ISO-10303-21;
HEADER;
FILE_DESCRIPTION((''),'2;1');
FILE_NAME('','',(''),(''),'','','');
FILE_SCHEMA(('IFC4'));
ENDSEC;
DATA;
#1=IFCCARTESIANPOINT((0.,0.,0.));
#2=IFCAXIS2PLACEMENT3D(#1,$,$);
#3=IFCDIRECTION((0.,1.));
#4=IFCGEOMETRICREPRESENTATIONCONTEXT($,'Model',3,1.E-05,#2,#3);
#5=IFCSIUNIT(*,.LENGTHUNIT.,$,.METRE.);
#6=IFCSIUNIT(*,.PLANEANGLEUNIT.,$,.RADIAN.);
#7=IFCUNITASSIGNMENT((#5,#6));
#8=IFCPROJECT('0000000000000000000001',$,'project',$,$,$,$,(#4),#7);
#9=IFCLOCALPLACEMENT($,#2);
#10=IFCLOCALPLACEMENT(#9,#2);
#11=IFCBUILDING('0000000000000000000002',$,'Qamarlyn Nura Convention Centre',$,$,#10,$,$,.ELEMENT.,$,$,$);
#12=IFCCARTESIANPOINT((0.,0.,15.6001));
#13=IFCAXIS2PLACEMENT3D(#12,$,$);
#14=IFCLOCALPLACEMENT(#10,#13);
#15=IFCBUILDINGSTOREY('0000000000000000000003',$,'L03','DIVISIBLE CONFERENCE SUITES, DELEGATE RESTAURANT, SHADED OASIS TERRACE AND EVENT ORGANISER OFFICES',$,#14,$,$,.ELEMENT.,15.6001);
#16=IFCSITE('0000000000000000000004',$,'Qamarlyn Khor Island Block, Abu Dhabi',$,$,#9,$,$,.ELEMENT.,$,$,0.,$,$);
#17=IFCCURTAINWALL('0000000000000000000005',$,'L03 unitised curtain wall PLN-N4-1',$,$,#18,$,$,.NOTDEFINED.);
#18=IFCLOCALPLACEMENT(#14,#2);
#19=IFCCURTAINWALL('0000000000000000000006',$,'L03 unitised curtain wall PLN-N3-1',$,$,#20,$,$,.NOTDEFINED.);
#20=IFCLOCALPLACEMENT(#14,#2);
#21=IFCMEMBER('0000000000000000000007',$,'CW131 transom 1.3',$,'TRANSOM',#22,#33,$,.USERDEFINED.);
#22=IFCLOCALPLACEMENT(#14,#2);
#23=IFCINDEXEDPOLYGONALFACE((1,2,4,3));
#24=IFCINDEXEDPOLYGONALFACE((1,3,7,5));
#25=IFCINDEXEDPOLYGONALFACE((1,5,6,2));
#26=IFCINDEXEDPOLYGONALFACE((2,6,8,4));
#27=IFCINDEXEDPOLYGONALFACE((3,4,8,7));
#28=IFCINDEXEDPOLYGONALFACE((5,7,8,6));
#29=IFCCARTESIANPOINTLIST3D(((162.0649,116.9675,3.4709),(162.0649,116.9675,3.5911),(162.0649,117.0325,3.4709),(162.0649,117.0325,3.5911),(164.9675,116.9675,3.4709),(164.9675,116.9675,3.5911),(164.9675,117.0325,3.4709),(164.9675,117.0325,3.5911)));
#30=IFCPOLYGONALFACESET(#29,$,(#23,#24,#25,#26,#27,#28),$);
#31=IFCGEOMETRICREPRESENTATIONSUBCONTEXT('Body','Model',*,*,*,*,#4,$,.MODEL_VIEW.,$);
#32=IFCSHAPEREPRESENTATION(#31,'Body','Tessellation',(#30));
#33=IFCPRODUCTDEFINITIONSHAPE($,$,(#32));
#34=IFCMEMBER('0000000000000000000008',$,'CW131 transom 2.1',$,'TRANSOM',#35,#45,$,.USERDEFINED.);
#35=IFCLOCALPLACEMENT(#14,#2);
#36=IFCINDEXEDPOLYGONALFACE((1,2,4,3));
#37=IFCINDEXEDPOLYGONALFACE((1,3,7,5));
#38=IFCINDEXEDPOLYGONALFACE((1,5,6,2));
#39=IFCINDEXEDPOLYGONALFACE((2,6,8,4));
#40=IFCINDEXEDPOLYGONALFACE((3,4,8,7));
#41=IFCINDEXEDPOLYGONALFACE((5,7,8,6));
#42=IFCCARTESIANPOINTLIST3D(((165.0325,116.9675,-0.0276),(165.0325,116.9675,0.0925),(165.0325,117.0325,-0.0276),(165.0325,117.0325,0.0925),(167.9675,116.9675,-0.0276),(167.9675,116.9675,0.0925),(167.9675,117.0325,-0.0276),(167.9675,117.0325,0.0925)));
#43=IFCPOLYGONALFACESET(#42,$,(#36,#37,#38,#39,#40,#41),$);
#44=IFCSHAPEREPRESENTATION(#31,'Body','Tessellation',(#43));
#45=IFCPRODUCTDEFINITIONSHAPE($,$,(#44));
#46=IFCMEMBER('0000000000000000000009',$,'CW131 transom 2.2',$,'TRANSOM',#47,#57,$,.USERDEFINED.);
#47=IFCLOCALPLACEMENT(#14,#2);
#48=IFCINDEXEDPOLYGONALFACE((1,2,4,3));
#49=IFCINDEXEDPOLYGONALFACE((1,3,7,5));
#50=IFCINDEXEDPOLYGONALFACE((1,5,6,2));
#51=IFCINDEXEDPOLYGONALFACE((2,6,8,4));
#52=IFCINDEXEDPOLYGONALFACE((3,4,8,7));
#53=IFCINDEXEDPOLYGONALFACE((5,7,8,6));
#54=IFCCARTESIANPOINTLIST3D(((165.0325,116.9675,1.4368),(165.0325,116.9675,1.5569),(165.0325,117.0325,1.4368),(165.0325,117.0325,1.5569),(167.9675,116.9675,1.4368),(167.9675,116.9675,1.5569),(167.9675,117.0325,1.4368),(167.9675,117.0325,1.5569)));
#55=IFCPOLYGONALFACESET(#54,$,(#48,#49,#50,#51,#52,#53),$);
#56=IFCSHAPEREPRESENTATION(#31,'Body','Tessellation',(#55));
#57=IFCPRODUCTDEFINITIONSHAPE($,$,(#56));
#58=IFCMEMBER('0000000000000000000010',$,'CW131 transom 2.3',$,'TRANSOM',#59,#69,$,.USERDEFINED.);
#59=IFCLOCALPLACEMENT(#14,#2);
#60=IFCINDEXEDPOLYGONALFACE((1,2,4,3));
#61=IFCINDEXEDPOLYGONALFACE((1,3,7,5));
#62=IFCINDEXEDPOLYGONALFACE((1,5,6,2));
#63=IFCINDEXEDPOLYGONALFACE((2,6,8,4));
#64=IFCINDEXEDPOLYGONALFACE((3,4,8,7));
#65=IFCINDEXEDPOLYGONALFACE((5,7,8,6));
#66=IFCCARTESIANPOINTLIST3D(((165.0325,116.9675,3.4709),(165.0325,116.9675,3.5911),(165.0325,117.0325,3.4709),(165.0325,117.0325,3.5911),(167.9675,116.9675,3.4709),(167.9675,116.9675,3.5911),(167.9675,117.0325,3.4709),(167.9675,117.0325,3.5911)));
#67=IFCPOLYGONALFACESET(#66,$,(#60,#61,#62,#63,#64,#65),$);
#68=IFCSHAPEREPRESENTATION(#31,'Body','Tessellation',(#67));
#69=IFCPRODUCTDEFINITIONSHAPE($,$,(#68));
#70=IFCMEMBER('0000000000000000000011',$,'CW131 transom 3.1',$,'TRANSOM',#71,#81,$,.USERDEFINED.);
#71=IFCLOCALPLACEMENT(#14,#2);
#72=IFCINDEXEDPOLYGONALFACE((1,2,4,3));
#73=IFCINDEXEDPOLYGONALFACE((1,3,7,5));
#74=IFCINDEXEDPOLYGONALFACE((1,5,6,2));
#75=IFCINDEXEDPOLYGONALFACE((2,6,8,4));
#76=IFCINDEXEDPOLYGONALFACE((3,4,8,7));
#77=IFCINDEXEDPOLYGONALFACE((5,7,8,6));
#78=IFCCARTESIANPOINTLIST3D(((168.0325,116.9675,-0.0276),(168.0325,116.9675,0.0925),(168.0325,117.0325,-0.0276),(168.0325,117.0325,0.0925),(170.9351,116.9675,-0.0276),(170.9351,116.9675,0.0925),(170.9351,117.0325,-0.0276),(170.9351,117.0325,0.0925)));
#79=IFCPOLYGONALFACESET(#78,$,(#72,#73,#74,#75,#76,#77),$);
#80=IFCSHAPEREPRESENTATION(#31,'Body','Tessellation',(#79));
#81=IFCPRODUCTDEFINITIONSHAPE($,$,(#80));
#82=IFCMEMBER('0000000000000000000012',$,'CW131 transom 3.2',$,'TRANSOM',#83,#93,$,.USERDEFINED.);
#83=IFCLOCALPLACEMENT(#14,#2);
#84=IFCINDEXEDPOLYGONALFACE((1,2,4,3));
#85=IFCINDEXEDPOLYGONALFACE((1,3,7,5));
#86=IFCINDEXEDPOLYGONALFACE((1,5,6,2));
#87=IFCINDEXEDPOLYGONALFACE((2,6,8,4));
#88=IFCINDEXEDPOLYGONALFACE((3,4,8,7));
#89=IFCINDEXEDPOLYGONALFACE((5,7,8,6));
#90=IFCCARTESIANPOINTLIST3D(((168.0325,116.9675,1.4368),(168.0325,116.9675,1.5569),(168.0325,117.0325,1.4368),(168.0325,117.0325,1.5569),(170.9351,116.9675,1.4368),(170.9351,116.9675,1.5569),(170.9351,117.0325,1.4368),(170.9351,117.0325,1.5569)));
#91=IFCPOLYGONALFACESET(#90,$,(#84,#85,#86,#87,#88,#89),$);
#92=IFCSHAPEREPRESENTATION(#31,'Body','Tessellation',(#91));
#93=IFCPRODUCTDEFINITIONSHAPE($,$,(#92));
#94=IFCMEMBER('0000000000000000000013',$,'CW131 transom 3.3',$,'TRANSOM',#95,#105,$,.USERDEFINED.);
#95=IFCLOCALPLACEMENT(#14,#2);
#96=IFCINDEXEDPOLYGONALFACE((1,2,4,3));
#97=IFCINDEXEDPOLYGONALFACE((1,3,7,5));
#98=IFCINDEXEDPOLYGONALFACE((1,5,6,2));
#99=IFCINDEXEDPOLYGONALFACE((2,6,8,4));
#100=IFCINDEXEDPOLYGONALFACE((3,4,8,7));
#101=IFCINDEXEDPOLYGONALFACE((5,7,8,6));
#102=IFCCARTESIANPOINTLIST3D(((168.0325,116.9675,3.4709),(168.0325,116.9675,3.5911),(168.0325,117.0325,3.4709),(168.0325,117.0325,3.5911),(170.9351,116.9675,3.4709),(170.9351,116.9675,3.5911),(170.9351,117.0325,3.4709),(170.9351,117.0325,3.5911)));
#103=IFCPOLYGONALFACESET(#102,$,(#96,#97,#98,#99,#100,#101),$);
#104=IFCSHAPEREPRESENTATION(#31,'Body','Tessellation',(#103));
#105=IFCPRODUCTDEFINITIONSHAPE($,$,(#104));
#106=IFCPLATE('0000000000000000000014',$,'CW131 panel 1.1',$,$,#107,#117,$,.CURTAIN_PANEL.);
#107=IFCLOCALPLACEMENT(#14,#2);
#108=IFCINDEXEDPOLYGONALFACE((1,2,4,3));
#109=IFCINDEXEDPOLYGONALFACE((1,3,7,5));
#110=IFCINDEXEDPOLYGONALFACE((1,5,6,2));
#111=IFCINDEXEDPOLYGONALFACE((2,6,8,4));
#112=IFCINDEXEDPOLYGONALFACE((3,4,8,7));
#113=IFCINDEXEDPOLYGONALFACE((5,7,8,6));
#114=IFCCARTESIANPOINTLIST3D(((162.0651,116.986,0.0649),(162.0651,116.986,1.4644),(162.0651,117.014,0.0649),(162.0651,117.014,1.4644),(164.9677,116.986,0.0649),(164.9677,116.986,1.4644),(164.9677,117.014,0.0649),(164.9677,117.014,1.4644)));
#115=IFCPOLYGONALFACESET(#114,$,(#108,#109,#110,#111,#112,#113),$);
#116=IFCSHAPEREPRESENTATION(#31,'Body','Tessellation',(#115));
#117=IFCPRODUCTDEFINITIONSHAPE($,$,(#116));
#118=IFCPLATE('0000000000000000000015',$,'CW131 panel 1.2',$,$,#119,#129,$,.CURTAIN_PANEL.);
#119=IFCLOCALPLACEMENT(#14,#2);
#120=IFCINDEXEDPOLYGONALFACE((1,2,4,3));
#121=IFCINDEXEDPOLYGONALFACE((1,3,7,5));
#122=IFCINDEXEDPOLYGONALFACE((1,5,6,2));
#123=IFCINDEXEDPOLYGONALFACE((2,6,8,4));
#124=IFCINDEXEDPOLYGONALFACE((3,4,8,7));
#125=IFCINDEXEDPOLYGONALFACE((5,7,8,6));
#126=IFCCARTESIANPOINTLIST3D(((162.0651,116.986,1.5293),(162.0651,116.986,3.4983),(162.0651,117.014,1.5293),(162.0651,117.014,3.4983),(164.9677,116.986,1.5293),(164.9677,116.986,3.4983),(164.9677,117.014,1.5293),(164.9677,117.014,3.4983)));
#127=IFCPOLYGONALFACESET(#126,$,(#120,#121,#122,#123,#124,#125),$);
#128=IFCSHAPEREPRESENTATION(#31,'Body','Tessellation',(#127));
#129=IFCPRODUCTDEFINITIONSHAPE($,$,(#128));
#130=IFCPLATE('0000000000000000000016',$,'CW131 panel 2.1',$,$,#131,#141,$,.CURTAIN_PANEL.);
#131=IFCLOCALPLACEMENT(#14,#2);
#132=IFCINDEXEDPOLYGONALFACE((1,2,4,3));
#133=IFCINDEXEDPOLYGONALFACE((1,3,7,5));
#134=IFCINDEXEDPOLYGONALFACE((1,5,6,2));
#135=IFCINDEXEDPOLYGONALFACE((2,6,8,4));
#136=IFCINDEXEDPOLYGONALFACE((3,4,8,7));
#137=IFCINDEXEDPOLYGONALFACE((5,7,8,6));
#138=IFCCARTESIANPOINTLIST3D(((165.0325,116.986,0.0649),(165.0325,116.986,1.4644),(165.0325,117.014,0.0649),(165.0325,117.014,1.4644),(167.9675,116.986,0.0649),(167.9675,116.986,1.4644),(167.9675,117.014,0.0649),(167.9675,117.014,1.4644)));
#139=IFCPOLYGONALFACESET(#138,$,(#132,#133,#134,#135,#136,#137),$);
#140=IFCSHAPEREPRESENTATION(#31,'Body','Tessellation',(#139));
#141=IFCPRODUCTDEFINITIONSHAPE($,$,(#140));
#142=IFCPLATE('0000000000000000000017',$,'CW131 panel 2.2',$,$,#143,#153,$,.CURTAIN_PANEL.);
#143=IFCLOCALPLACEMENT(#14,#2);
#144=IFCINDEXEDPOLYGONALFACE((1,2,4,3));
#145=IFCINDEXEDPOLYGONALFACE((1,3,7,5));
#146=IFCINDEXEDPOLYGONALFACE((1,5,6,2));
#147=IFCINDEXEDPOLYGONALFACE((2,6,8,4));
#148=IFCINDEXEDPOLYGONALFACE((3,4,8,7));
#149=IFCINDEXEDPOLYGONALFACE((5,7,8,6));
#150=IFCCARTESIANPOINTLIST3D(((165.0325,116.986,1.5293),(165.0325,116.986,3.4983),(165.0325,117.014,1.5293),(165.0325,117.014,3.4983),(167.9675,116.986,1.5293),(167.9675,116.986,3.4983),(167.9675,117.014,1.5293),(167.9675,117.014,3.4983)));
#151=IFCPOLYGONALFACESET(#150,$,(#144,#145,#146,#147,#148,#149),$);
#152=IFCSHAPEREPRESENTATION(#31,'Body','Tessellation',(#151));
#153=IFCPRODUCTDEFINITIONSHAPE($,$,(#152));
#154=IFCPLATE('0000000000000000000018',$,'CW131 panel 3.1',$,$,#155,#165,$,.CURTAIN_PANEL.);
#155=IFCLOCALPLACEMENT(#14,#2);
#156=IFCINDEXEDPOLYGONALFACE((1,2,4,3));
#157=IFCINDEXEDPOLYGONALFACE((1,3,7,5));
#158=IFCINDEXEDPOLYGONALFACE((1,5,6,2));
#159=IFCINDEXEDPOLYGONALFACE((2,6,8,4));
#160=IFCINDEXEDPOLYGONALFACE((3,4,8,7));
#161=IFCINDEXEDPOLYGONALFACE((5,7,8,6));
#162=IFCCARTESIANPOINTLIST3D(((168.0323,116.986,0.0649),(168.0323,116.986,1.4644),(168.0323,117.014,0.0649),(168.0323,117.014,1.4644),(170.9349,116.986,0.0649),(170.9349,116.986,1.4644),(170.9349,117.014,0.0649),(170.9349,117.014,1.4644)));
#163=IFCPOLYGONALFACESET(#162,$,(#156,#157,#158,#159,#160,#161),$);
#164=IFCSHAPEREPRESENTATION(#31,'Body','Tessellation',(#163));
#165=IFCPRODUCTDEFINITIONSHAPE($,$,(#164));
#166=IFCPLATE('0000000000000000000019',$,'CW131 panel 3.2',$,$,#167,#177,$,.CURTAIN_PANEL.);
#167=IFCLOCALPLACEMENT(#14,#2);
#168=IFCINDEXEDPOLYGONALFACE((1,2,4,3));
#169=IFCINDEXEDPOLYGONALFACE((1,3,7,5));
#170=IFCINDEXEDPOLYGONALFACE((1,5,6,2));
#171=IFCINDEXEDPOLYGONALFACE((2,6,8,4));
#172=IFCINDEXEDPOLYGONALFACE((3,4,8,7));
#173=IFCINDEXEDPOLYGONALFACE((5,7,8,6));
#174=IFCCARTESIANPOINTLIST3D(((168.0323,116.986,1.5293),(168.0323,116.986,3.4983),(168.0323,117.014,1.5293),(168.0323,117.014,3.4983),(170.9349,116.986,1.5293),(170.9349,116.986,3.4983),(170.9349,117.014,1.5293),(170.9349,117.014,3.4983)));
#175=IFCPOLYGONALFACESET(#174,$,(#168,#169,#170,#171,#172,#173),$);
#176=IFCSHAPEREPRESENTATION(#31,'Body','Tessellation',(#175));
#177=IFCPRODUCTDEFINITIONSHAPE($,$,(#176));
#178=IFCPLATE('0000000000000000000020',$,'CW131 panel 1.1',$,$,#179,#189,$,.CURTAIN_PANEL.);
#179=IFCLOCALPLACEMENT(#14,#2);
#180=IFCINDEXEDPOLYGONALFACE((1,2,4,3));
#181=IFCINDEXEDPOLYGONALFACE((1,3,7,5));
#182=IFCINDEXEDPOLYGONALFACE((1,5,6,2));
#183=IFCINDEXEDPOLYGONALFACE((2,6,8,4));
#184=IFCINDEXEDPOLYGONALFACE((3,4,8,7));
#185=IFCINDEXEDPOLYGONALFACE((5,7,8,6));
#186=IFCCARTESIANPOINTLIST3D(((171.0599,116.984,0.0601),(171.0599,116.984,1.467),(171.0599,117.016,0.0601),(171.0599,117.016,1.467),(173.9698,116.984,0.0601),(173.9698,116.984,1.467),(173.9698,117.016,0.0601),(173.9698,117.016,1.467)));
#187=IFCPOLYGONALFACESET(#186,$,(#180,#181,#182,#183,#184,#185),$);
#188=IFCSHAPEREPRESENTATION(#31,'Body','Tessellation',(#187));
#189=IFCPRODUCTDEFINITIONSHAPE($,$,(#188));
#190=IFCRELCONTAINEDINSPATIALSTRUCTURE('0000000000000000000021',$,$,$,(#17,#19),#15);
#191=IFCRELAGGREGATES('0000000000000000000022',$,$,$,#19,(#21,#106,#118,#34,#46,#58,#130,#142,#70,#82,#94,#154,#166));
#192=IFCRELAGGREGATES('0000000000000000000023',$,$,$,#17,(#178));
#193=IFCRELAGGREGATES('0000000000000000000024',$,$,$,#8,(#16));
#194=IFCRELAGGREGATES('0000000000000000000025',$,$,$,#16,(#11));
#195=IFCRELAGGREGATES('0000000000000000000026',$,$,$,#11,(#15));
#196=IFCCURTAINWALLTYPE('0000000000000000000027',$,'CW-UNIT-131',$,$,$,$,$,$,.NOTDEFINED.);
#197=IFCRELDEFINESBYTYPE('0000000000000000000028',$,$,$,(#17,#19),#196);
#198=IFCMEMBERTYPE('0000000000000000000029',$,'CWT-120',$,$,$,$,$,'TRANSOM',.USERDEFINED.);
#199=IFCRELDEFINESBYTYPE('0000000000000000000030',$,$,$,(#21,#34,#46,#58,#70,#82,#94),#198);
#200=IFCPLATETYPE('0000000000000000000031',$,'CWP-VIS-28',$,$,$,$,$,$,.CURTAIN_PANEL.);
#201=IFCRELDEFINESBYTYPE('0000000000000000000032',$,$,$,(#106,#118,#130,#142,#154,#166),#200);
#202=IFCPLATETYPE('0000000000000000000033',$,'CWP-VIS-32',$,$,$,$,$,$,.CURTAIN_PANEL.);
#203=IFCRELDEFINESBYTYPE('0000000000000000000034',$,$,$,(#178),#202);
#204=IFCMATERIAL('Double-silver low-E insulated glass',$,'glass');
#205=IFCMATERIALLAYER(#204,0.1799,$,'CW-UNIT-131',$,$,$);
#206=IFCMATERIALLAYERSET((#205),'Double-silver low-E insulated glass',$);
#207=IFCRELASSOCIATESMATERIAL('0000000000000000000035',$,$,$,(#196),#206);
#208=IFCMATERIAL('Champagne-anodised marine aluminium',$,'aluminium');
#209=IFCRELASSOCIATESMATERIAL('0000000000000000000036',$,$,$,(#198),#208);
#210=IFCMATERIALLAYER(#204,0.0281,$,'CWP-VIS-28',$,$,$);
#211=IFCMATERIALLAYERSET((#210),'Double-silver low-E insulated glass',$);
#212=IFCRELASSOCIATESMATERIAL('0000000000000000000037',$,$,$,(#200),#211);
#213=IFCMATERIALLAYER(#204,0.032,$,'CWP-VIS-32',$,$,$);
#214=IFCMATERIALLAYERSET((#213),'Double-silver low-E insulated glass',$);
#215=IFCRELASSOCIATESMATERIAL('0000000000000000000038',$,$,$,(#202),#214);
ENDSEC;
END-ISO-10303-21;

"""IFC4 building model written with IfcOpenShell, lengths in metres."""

from ifc_helpers import new_model, si_unit, direction, frame, origin, origin_2d, place, context, subcontext, project, spatial, rectangle, extrude, material, layer, layer_set, material_profile, profile_set, type_object, element, aggregate, save


model = new_model("IFC4")

# Units and contexts
model_context = context("Model", 3, precision=1e-05, world=origin(), true_north=direction((0.0, 1.0)))
body_context = subcontext(model_context, "Body", "Model", "MODEL_VIEW")
ifc_project = project(units=[si_unit("LENGTHUNIT", "METRE"), si_unit("PLANEANGLEUNIT", "RADIAN")], contexts=[model_context])

# Site, building, storey
site_placement = place(None, origin())
site = spatial("IfcSite", under=ifc_project, at=site_placement, Name="Qamarlyn Khor Island Block, Abu Dhabi", CompositionType="ELEMENT", RefElevation=0.0)
building_placement = place(site_placement, origin())
building = spatial("IfcBuilding", under=site, at=building_placement, Name="Qamarlyn Nura Convention Centre", CompositionType="ELEMENT")
storey_placement = place(building_placement, frame((0.0, 0.0, 15.6001)))
storey = spatial("IfcBuildingStorey", under=building, at=storey_placement, Name="L03", Description="DIVISIBLE CONFERENCE SUITES, DELEGATE RESTAURANT, SHADED OASIS TERRACE AND EVENT ORGANISER OFFICES", CompositionType="ELEMENT", Elevation=15.6001)

# Curtain walls
ifc_material_1 = material(Name="Double-silver low-E insulated glass", Category="glass")
ifc_layer_1 = layer(ifc_material_1, 0.1799, Name="CW-UNIT-131")
ifc_layer_set_1 = layer_set([ifc_layer_1], Name="Double-silver low-E insulated glass")
curtain_wall_type = type_object("IfcCurtainWallType", Name="CW-UNIT-131", PredefinedType="NOTDEFINED", material=ifc_layer_set_1)
curtain_wall_1_placement = place(storey_placement, origin())
curtain_wall_1 = element("IfcCurtainWall", 1, at=curtain_wall_1_placement, inside=storey, type_object=curtain_wall_type, Name="L03 unitised curtain wall PLN-N4-1", PredefinedType="NOTDEFINED")
ifc_material_2 = material(Name="Champagne-anodised marine aluminium", Category="aluminium")
curtain_wall_2_placement = place(storey_placement, origin())
curtain_wall_2 = element("IfcCurtainWall", 2, at=curtain_wall_2_placement, inside=storey, type_object=curtain_wall_type, Name="L03 unitised curtain wall PLN-N3-1", PredefinedType="NOTDEFINED")

# Members
ifc_material_profile_1 = material_profile(ifc_material_2, rectangle(XDim=0.0649, YDim=0.1201, at=origin_2d()), Name="ALU TRANSOM 65x120")
ifc_profile_set_1 = profile_set([ifc_material_profile_1], Name="Champagne-anodised marine aluminium")
member_type_1 = type_object("IfcMemberType", Name="CWT-120", ElementType="TRANSOM", PredefinedType="USERDEFINED", material=ifc_profile_set_1)
member_1_placement = place(storey_placement, frame((162.0649, 117.0, 3.531), z_axis=(1.0, 0.0, 0.0), x_axis=(0.0, 1.0, 0.0)))
member_1 = element("IfcMember", 3, at=member_1_placement, type_object=member_type_1, Name="CW131 transom 1.3", ObjectType="TRANSOM", PredefinedType="USERDEFINED", context=body_context, shape_type="SweptSolid", body=[
    extrude(rectangle(XDim=0.0649, YDim=0.1201, at=origin_2d()), origin(), (0.0, 0.0, 1.0), 2.9026),
])
member_2_placement = place(storey_placement, frame((165.0325, 117.0, 0.0325), z_axis=(1.0, 0.0, 0.0), x_axis=(0.0, 1.0, 0.0)))
member_2 = element("IfcMember", 4, at=member_2_placement, type_object=member_type_1, Name="CW131 transom 2.1", ObjectType="TRANSOM", PredefinedType="USERDEFINED", context=body_context, shape_type="SweptSolid", body=[
    extrude(rectangle(XDim=0.0649, YDim=0.1201, at=origin_2d()), origin(), (0.0, 0.0, 1.0), 2.9351),
])
member_3_placement = place(storey_placement, frame((165.0325, 117.0, 1.4968), z_axis=(1.0, 0.0, 0.0), x_axis=(0.0, 1.0, 0.0)))
member_3 = element("IfcMember", 5, at=member_3_placement, type_object=member_type_1, Name="CW131 transom 2.2", ObjectType="TRANSOM", PredefinedType="USERDEFINED", context=body_context, shape_type="SweptSolid", body=[
    extrude(rectangle(XDim=0.0649, YDim=0.1201, at=origin_2d()), origin(), (0.0, 0.0, 1.0), 2.9351),
])
member_4_placement = place(storey_placement, frame((165.0325, 117.0, 3.531), z_axis=(1.0, 0.0, 0.0), x_axis=(0.0, 1.0, 0.0)))
member_4 = element("IfcMember", 6, at=member_4_placement, type_object=member_type_1, Name="CW131 transom 2.3", ObjectType="TRANSOM", PredefinedType="USERDEFINED", context=body_context, shape_type="SweptSolid", body=[
    extrude(rectangle(XDim=0.0649, YDim=0.1201, at=origin_2d()), origin(), (0.0, 0.0, 1.0), 2.9351),
])
member_5_placement = place(storey_placement, frame((168.0325, 117.0, 0.0325), z_axis=(1.0, 0.0, 0.0), x_axis=(0.0, 1.0, 0.0)))
member_5 = element("IfcMember", 7, at=member_5_placement, type_object=member_type_1, Name="CW131 transom 3.1", ObjectType="TRANSOM", PredefinedType="USERDEFINED", context=body_context, shape_type="SweptSolid", body=[
    extrude(rectangle(XDim=0.0649, YDim=0.1201, at=origin_2d()), origin(), (0.0, 0.0, 1.0), 2.9026),
])
member_6_placement = place(storey_placement, frame((168.0325, 117.0, 1.4968), z_axis=(1.0, 0.0, 0.0), x_axis=(0.0, 1.0, 0.0)))
member_6 = element("IfcMember", 8, at=member_6_placement, type_object=member_type_1, Name="CW131 transom 3.2", ObjectType="TRANSOM", PredefinedType="USERDEFINED", context=body_context, shape_type="SweptSolid", body=[
    extrude(rectangle(XDim=0.0649, YDim=0.1201, at=origin_2d()), origin(), (0.0, 0.0, 1.0), 2.9026),
])
member_7_placement = place(storey_placement, frame((168.0325, 117.0, 3.531), z_axis=(1.0, 0.0, 0.0), x_axis=(0.0, 1.0, 0.0)))
member_7 = element("IfcMember", 9, at=member_7_placement, type_object=member_type_1, Name="CW131 transom 3.3", ObjectType="TRANSOM", PredefinedType="USERDEFINED", context=body_context, shape_type="SweptSolid", body=[
    extrude(rectangle(XDim=0.0649, YDim=0.1201, at=origin_2d()), origin(), (0.0, 0.0, 1.0), 2.9026),
])

# Plates
ifc_layer_2 = layer(ifc_material_1, 0.0281, Name="CWP-VIS-28")
ifc_layer_set_2 = layer_set([ifc_layer_2], Name="Double-silver low-E insulated glass")
plate_type_1 = type_object("IfcPlateType", Name="CWP-VIS-28", PredefinedType="CURTAIN_PANEL", material=ifc_layer_set_2)
plate_1_placement = place(storey_placement, frame((163.5164, 117.0, 0.0649), z_axis=(0.0, 0.0, 1.0), x_axis=(1.0, 0.0, 0.0)))
plate_1 = element("IfcPlate", 10, at=plate_1_placement, type_object=plate_type_1, Name="CW131 panel 1.1", PredefinedType="CURTAIN_PANEL", context=body_context, shape_type="SweptSolid", body=[
    extrude(rectangle(XDim=2.9026, YDim=0.0281, at=origin_2d()), origin(), (0.0, 0.0, 1.0), 1.3994),
])
plate_2_placement = place(storey_placement, frame((163.5164, 117.0, 1.5293), z_axis=(0.0, 0.0, 1.0), x_axis=(1.0, 0.0, 0.0)))
plate_2 = element("IfcPlate", 11, at=plate_2_placement, type_object=plate_type_1, Name="CW131 panel 1.2", PredefinedType="CURTAIN_PANEL", context=body_context, shape_type="SweptSolid", body=[
    extrude(rectangle(XDim=2.9026, YDim=0.0281, at=origin_2d()), origin(), (0.0, 0.0, 1.0), 1.969),
])
plate_3_placement = place(storey_placement, frame((166.5, 117.0, 0.0649), z_axis=(0.0, 0.0, 1.0), x_axis=(1.0, 0.0, 0.0)))
plate_3 = element("IfcPlate", 12, at=plate_3_placement, type_object=plate_type_1, Name="CW131 panel 2.1", PredefinedType="CURTAIN_PANEL", context=body_context, shape_type="SweptSolid", body=[
    extrude(rectangle(XDim=2.9351, YDim=0.0281, at=origin_2d()), origin(), (0.0, 0.0, 1.0), 1.3994),
])
plate_4_placement = place(storey_placement, frame((166.5, 117.0, 1.5293), z_axis=(0.0, 0.0, 1.0), x_axis=(1.0, 0.0, 0.0)))
plate_4 = element("IfcPlate", 13, at=plate_4_placement, type_object=plate_type_1, Name="CW131 panel 2.2", PredefinedType="CURTAIN_PANEL", context=body_context, shape_type="SweptSolid", body=[
    extrude(rectangle(XDim=2.9351, YDim=0.0281, at=origin_2d()), origin(), (0.0, 0.0, 1.0), 1.969),
])
plate_5_placement = place(storey_placement, frame((169.4836, 117.0, 0.0649), z_axis=(0.0, 0.0, 1.0), x_axis=(1.0, 0.0, 0.0)))
plate_5 = element("IfcPlate", 14, at=plate_5_placement, type_object=plate_type_1, Name="CW131 panel 3.1", PredefinedType="CURTAIN_PANEL", context=body_context, shape_type="SweptSolid", body=[
    extrude(rectangle(XDim=2.9026, YDim=0.0281, at=origin_2d()), origin(), (0.0, 0.0, 1.0), 1.3994),
])
plate_6_placement = place(storey_placement, frame((169.4836, 117.0, 1.5293), z_axis=(0.0, 0.0, 1.0), x_axis=(1.0, 0.0, 0.0)))
plate_6 = element("IfcPlate", 15, at=plate_6_placement, type_object=plate_type_1, Name="CW131 panel 3.2", PredefinedType="CURTAIN_PANEL", context=body_context, shape_type="SweptSolid", body=[
    extrude(rectangle(XDim=2.9026, YDim=0.0281, at=origin_2d()), origin(), (0.0, 0.0, 1.0), 1.969),
])
aggregate(curtain_wall_2, [member_1, plate_1, plate_2, member_2, member_3, member_4, plate_3, plate_4, member_5, member_6, member_7, plate_5, plate_6])
ifc_layer_3 = layer(ifc_material_1, 0.032, Name="CWP-VIS-32")
ifc_layer_set_3 = layer_set([ifc_layer_3], Name="Double-silver low-E insulated glass")
plate_type_2 = type_object("IfcPlateType", Name="CWP-VIS-32", PredefinedType="CURTAIN_PANEL", material=ifc_layer_set_3)
plate_7_placement = place(storey_placement, frame((172.5149, 117.0, 0.0601), z_axis=(0.0, 0.0, 1.0), x_axis=(1.0, 0.0, 0.0)))
plate_7 = element("IfcPlate", 16, at=plate_7_placement, type_object=plate_type_2, Name="CW131 panel 1.1", PredefinedType="CURTAIN_PANEL", context=body_context, shape_type="SweptSolid", body=[
    extrude(rectangle(XDim=2.9099, YDim=0.032, at=origin_2d()), origin(), (0.0, 0.0, 1.0), 1.407),
])
aggregate(curtain_wall_1, [plate_7])

save(model, "model.ifc")
